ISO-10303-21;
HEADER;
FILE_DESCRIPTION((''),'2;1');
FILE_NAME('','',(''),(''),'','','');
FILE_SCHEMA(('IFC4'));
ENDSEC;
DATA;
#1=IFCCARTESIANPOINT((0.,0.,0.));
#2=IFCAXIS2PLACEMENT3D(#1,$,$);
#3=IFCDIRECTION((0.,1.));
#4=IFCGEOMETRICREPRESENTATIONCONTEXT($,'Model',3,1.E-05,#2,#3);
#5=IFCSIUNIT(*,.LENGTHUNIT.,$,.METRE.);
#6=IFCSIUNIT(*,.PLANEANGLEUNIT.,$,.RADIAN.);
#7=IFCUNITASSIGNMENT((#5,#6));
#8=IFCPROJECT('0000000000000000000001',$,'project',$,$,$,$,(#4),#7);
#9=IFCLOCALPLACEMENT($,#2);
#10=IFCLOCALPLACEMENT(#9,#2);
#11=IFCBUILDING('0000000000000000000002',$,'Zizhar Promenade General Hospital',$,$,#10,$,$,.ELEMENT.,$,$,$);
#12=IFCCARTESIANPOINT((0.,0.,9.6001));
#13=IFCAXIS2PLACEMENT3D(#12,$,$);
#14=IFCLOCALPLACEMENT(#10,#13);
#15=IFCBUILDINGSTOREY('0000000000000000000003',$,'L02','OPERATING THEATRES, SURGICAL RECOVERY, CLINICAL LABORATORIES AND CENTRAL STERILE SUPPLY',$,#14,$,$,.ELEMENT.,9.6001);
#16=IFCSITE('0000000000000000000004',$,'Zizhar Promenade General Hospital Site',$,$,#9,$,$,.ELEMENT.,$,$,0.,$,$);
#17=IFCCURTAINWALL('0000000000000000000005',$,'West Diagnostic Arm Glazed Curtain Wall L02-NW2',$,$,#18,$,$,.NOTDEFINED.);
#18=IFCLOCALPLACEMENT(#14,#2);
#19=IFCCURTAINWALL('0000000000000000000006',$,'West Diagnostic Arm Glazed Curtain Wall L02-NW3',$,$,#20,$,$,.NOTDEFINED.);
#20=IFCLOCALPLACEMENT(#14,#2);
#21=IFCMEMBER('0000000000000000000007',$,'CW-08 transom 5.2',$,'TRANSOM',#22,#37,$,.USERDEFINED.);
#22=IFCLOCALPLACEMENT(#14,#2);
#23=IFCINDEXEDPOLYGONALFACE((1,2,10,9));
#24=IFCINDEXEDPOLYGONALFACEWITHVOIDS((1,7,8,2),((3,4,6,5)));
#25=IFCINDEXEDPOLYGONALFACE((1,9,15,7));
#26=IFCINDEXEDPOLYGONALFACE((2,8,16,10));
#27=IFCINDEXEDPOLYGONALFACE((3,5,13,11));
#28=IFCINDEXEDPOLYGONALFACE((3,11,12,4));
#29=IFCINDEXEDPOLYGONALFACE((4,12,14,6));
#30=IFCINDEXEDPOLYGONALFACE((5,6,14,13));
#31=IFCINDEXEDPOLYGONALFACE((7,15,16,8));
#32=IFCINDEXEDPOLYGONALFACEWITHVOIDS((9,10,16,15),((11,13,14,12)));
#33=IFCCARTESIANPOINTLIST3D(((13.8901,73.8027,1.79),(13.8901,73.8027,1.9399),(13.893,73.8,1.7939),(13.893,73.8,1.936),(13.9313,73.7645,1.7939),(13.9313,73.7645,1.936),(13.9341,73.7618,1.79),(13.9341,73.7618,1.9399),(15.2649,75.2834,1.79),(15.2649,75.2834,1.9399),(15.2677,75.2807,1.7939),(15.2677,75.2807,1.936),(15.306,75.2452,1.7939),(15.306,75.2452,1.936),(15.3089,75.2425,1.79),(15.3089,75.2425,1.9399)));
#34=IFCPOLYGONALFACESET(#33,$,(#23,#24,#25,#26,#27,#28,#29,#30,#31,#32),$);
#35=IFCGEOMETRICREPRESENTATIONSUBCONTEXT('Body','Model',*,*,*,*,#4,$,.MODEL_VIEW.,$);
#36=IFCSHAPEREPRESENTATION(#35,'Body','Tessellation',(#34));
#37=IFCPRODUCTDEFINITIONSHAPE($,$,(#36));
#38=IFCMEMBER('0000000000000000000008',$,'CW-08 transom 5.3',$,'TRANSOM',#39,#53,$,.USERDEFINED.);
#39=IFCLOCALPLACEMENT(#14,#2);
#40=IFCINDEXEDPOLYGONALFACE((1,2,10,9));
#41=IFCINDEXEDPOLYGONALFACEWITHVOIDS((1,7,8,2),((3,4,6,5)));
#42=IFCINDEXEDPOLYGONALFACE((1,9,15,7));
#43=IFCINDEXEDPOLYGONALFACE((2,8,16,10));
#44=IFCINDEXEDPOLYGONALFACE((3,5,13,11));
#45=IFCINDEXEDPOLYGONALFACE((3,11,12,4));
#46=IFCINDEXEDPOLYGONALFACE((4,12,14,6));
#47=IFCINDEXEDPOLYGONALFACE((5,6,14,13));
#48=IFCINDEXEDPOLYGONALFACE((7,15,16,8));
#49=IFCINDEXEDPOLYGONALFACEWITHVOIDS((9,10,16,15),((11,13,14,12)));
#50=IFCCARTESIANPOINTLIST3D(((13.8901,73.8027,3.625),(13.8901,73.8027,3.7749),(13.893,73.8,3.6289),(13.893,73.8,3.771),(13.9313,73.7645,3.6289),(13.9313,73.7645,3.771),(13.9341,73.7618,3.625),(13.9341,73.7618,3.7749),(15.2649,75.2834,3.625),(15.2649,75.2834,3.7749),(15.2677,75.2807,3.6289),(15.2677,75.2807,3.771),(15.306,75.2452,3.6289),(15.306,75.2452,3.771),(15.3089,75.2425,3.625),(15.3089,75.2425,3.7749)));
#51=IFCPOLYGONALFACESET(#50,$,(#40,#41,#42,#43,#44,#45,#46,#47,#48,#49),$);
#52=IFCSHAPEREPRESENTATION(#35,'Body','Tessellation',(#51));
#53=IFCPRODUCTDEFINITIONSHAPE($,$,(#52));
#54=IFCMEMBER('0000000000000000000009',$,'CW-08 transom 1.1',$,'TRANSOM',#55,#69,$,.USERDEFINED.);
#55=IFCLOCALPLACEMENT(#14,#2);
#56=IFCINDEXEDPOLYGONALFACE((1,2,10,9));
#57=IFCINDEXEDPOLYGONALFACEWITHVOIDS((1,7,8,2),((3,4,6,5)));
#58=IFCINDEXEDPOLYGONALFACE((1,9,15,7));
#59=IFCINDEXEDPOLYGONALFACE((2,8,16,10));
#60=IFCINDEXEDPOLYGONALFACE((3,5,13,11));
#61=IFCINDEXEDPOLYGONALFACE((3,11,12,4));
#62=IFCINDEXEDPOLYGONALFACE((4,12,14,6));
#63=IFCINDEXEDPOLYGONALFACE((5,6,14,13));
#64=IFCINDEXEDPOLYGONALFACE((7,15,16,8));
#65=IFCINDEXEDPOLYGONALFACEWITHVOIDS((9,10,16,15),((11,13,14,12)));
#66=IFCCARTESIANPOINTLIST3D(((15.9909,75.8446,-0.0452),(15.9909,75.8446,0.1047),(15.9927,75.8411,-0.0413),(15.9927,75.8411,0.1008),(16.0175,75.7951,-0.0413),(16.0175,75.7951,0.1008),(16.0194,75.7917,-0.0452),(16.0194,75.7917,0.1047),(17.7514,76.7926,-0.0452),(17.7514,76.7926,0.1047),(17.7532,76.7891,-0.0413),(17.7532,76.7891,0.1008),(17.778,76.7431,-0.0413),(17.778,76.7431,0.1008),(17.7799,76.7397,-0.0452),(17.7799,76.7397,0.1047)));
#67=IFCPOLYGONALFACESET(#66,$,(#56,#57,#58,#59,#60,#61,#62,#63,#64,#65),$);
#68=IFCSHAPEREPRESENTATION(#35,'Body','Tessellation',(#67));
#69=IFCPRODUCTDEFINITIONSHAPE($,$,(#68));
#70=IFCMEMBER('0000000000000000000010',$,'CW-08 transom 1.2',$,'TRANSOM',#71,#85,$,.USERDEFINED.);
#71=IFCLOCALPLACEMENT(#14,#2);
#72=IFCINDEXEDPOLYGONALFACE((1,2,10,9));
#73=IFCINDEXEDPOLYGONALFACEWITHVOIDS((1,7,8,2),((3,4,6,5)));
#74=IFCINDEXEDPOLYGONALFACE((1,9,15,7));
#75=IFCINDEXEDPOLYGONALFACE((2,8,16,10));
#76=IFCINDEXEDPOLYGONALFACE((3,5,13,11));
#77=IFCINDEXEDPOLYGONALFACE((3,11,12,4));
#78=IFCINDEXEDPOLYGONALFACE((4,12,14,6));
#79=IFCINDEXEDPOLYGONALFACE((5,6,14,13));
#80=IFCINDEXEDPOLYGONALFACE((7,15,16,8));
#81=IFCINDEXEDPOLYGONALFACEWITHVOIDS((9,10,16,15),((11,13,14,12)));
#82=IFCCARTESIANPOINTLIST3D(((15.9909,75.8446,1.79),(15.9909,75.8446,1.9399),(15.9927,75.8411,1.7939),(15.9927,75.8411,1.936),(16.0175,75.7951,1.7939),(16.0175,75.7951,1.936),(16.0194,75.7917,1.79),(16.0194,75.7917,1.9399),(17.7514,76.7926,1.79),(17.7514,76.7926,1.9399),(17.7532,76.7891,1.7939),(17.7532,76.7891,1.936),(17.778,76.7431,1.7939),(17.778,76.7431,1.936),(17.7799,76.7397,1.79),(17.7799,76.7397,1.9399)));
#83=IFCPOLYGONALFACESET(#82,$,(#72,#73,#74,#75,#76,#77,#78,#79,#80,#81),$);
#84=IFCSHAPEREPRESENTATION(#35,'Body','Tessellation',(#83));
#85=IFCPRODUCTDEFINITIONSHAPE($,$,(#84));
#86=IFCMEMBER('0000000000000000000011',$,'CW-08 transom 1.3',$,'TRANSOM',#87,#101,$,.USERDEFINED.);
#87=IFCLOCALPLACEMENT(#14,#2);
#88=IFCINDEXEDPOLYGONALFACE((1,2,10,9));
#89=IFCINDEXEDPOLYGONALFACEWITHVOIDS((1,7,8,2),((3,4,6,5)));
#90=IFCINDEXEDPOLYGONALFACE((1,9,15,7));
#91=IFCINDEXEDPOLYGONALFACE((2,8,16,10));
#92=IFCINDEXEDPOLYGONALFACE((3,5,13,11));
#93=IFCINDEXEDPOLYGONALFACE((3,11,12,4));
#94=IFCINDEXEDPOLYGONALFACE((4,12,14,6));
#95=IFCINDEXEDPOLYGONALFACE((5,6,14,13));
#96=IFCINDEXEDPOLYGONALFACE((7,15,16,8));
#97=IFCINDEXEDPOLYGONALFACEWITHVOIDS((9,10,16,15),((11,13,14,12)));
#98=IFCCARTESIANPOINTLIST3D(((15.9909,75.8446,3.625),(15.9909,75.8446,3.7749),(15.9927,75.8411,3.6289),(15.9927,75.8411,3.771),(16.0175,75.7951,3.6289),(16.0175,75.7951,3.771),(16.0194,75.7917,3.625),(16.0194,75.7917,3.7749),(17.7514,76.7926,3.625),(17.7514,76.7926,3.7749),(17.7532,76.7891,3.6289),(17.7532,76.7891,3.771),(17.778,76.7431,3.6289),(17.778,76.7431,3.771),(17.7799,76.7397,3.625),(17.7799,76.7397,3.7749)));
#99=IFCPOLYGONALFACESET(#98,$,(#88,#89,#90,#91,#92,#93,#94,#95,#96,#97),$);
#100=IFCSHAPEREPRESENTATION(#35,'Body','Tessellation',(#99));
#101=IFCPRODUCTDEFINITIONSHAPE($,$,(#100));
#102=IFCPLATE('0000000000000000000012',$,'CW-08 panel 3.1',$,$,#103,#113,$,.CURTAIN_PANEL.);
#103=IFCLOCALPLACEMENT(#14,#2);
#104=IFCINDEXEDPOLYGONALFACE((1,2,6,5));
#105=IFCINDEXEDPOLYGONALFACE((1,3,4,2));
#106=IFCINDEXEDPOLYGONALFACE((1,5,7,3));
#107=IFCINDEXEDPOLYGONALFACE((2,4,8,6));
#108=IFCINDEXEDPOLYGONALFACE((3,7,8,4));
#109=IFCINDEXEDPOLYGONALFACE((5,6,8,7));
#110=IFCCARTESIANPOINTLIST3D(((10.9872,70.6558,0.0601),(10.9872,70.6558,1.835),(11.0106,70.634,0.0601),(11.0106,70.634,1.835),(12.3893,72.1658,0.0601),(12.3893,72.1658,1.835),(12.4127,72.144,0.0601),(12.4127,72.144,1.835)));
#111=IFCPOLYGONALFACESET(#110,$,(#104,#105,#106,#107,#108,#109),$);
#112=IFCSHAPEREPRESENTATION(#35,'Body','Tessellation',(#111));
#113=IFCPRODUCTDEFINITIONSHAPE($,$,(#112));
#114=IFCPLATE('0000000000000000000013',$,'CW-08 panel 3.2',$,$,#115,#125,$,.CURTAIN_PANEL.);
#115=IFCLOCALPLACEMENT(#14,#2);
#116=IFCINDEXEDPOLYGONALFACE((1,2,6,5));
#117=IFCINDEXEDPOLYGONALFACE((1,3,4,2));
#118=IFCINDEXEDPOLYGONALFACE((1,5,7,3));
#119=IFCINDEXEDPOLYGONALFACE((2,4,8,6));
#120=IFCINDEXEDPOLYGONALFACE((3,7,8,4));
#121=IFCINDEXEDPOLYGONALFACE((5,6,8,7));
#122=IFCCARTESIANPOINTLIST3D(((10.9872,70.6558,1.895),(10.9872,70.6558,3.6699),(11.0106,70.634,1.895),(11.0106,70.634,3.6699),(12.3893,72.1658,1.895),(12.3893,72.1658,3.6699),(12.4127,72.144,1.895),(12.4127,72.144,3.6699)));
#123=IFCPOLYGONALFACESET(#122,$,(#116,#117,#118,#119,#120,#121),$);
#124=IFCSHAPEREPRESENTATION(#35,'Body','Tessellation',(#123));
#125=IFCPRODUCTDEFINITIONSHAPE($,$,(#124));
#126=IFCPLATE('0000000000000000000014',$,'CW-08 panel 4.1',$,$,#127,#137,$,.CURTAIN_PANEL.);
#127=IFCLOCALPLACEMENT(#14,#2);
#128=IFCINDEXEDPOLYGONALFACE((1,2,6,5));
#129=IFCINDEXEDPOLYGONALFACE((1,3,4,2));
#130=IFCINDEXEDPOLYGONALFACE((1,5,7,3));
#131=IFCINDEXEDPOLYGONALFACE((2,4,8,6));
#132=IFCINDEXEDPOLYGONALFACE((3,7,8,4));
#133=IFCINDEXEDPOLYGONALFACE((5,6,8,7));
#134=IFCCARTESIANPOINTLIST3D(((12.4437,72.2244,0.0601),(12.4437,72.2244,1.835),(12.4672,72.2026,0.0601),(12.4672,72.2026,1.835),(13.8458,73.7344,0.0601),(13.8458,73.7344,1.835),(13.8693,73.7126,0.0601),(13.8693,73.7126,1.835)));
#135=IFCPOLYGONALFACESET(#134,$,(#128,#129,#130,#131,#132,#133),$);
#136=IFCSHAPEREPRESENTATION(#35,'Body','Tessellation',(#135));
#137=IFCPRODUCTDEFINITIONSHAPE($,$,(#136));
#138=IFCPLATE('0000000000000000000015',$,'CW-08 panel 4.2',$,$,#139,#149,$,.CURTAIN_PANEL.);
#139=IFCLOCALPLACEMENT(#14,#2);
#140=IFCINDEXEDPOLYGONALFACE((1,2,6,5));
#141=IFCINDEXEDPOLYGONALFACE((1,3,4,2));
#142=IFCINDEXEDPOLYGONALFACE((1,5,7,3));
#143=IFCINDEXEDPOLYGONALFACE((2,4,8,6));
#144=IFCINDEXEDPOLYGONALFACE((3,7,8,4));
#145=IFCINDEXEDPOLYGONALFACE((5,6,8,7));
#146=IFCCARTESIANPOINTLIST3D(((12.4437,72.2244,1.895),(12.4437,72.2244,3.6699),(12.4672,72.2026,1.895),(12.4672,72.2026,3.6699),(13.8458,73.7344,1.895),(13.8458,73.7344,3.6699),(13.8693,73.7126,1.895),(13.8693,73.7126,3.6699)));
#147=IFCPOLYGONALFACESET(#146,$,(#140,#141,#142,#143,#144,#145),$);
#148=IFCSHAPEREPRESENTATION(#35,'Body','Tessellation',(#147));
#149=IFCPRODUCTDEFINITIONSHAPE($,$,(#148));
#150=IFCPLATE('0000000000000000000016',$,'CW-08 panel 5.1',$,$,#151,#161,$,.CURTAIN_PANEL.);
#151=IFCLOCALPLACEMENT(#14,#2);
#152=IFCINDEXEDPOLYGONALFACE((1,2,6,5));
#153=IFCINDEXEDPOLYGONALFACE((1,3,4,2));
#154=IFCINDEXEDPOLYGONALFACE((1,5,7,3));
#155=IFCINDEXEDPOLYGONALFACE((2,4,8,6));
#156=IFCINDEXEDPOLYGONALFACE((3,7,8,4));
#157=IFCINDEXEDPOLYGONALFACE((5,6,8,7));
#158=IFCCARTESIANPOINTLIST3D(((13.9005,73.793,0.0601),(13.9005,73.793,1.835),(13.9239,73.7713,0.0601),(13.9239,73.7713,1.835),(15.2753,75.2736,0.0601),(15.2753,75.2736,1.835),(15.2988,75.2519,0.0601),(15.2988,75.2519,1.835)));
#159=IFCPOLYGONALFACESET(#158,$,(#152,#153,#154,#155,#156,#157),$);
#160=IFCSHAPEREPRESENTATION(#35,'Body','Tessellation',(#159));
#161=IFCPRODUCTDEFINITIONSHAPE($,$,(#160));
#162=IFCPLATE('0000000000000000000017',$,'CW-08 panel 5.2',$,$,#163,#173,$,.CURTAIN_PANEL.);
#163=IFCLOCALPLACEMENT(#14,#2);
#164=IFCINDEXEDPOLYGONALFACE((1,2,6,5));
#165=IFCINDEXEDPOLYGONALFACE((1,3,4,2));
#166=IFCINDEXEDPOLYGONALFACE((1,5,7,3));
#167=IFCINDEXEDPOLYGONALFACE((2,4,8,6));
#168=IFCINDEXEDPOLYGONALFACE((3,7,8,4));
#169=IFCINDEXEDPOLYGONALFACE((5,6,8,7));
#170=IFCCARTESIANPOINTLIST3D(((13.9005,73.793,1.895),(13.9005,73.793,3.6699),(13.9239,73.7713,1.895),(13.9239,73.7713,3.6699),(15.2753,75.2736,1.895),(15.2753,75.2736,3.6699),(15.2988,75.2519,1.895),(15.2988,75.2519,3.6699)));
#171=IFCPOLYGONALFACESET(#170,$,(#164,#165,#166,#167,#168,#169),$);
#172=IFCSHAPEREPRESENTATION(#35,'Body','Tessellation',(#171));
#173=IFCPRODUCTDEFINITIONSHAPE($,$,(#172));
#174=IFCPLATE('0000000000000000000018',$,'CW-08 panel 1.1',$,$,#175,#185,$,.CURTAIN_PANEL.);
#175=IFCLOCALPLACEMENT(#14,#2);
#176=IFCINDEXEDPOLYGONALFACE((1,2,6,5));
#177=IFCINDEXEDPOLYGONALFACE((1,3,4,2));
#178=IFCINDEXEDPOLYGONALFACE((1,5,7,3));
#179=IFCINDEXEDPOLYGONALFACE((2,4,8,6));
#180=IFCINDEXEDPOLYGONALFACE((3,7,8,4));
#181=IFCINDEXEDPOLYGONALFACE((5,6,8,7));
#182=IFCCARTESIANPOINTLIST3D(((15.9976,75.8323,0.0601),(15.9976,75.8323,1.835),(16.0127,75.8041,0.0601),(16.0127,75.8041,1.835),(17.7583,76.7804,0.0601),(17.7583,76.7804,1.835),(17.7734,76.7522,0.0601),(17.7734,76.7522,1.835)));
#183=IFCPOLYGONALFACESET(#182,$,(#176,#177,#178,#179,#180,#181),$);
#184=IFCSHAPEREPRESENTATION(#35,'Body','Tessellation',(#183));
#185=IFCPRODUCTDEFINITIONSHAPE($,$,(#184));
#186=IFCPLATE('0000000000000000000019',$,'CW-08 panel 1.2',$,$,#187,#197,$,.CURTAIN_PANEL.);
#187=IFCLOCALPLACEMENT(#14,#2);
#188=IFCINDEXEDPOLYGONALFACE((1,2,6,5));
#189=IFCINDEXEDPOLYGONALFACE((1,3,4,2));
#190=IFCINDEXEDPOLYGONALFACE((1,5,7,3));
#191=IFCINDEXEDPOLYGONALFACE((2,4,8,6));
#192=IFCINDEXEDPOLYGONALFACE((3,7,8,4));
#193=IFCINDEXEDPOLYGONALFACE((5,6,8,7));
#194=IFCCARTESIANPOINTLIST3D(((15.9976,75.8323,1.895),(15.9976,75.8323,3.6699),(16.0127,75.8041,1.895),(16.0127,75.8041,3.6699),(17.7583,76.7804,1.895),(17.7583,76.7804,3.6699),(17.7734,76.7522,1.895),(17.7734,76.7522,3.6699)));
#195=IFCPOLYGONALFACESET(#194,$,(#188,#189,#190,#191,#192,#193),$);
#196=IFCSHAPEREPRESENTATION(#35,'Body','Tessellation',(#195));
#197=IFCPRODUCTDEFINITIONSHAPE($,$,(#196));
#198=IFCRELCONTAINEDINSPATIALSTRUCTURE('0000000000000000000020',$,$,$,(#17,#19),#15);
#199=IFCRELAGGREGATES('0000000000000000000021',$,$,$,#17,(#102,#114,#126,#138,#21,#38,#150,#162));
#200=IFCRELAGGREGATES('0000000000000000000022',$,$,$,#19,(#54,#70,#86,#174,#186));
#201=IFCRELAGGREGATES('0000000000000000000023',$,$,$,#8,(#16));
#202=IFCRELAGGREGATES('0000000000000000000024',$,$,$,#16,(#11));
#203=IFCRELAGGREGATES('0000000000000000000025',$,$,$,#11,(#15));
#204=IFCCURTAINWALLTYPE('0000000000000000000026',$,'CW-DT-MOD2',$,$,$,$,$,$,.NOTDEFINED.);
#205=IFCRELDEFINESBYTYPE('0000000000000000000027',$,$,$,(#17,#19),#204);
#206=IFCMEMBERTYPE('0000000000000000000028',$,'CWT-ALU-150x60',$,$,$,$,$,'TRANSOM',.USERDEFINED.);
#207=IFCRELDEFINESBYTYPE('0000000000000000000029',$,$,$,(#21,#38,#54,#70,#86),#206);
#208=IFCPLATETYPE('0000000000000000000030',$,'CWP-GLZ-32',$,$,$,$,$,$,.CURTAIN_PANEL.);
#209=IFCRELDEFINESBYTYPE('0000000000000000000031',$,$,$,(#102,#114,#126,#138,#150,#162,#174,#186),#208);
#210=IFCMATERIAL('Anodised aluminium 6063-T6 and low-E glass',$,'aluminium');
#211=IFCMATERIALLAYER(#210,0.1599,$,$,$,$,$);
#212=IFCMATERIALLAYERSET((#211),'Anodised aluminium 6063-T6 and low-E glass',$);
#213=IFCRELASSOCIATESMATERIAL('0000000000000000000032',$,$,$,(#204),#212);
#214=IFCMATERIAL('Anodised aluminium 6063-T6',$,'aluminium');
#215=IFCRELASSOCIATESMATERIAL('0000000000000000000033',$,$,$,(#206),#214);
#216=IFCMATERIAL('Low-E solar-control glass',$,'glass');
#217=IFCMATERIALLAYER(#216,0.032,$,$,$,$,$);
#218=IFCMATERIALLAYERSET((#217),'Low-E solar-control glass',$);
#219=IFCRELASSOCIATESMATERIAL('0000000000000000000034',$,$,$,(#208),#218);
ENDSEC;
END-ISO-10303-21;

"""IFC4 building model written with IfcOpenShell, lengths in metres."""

from ifc_helpers import new_model, si_unit, direction, frame, origin, origin_2d, place, context, subcontext, project, spatial, rectangle, hollow_rectangle, extrude, material, layer, layer_set, material_profile, profile_set, type_object, element, aggregate, save


model = new_model("IFC4")

# Units and contexts
model_context = context("Model", 3, precision=1e-05, world=origin(), true_north=direction((0.0, 1.0)))
body_context = subcontext(model_context, "Body", "Model", "MODEL_VIEW")
ifc_project = project(units=[si_unit("LENGTHUNIT", "METRE"), si_unit("PLANEANGLEUNIT", "RADIAN")], contexts=[model_context])

# Site, building, storey
site_placement = place(None, origin())
site = spatial("IfcSite", under=ifc_project, at=site_placement, Name="Zizhar Promenade General Hospital Site", CompositionType="ELEMENT", RefElevation=0.0)
building_placement = place(site_placement, origin())
building = spatial("IfcBuilding", under=site, at=building_placement, Name="Zizhar Promenade General Hospital", CompositionType="ELEMENT")
storey_placement = place(building_placement, frame((0.0, 0.0, 9.6001)))
storey = spatial("IfcBuildingStorey", under=building, at=storey_placement, Name="L02", Description="OPERATING THEATRES, SURGICAL RECOVERY, CLINICAL LABORATORIES AND CENTRAL STERILE SUPPLY", CompositionType="ELEMENT", Elevation=9.6001)

# Curtain wall
ifc_material_1 = material(Name="Anodised aluminium 6063-T6 and low-E glass", Category="aluminium")
ifc_layer_1 = layer(ifc_material_1, 0.1599)
ifc_layer_set_1 = layer_set([ifc_layer_1], Name="Anodised aluminium 6063-T6 and low-E glass")
curtain_wall_type = type_object("IfcCurtainWallType", Name="CW-DT-MOD2", PredefinedType="NOTDEFINED", material=ifc_layer_set_1)
curtain_wall_1_placement = place(storey_placement, origin())
curtain_wall_1 = element("IfcCurtainWall", 1, at=curtain_wall_1_placement, inside=storey, type_object=curtain_wall_type, Name="West Diagnostic Arm Glazed Curtain Wall L02-NW2", PredefinedType="NOTDEFINED")

# Curtain wall
curtain_wall_2_placement = place(storey_placement, origin())
curtain_wall_2 = element("IfcCurtainWall", 2, at=curtain_wall_2_placement, inside=storey, type_object=curtain_wall_type, Name="West Diagnostic Arm Glazed Curtain Wall L02-NW3", PredefinedType="NOTDEFINED")

# Members
ifc_material_2 = material(Name="Anodised aluminium 6063-T6", Category="aluminium")
ifc_material_profile_1 = material_profile(ifc_material_2, hollow_rectangle(XDim=0.0601, YDim=0.1499, WallThickness=0.0039, at=origin_2d()))
ifc_profile_set_1 = profile_set([ifc_material_profile_1], Name="Anodised aluminium 6063-T6")
member_type_1 = type_object("IfcMemberType", Name="CWT-ALU-150x60", ElementType="TRANSOM", PredefinedType="USERDEFINED", material=ifc_profile_set_1)
member_1_placement = place(storey_placement, frame((13.9121, 73.7822, 1.865), z_axis=(0.6804, 0.732841, 0.0), x_axis=(-0.732841, 0.6804, 0.0)))
member_1 = element("IfcMember", 3, at=member_1_placement, type_object=member_type_1, Name="CW-08 transom 5.2", ObjectType="TRANSOM", PredefinedType="USERDEFINED", context=body_context, shape_type="SweptSolid", body=[
    extrude(hollow_rectangle(XDim=0.0601, YDim=0.1499, WallThickness=0.0039, at=origin_2d()), origin(), (0.0, 0.0, 1.0), 2.0205),
])
member_2_placement = place(storey_placement, frame((13.9121, 73.7822, 3.7), z_axis=(0.6804, 0.732841, 0.0), x_axis=(-0.732841, 0.6804, 0.0)))
member_2 = element("IfcMember", 4, at=member_2_placement, type_object=member_type_1, Name="CW-08 transom 5.3", ObjectType="TRANSOM", PredefinedType="USERDEFINED", context=body_context, shape_type="SweptSolid", body=[
    extrude(hollow_rectangle(XDim=0.0601, YDim=0.1499, WallThickness=0.0039, at=origin_2d()), origin(), (0.0, 0.0, 1.0), 2.0205),
])
member_3_placement = place(storey_placement, frame((16.0051, 75.8181, 0.0298), z_axis=(0.880463, 0.474114, 0.0), x_axis=(-0.474114, 0.880463, 0.0)))
member_3 = element("IfcMember", 5, at=member_3_placement, type_object=member_type_1, Name="CW-08 transom 1.1", ObjectType="TRANSOM", PredefinedType="USERDEFINED", context=body_context, shape_type="SweptSolid", body=[
    extrude(hollow_rectangle(XDim=0.0601, YDim=0.1499, WallThickness=0.0039, at=origin_2d()), origin(), (0.0, 0.0, 1.0), 1.9995),
])
member_4_placement = place(storey_placement, frame((16.0051, 75.8181, 1.865), z_axis=(0.880463, 0.474114, 0.0), x_axis=(-0.474114, 0.880463, 0.0)))
member_4 = element("IfcMember", 6, at=member_4_placement, type_object=member_type_1, Name="CW-08 transom 1.2", ObjectType="TRANSOM", PredefinedType="USERDEFINED", context=body_context, shape_type="SweptSolid", body=[
    extrude(hollow_rectangle(XDim=0.0601, YDim=0.1499, WallThickness=0.0039, at=origin_2d()), origin(), (0.0, 0.0, 1.0), 1.9995),
])
member_5_placement = place(storey_placement, frame((16.0051, 75.8181, 3.7), z_axis=(0.880463, 0.474114, 0.0), x_axis=(-0.474114, 0.880463, 0.0)))
member_5 = element("IfcMember", 7, at=member_5_placement, type_object=member_type_1, Name="CW-08 transom 1.3", ObjectType="TRANSOM", PredefinedType="USERDEFINED", context=body_context, shape_type="SweptSolid", body=[
    extrude(hollow_rectangle(XDim=0.0601, YDim=0.1499, WallThickness=0.0039, at=origin_2d()), origin(), (0.0, 0.0, 1.0), 1.9995),
])

# Plates
ifc_material_3 = material(Name="Low-E solar-control glass", Category="glass")
ifc_layer_2 = layer(ifc_material_3, 0.032)
ifc_layer_set_2 = layer_set([ifc_layer_2], Name="Low-E solar-control glass")
plate_type = type_object("IfcPlateType", Name="CWP-GLZ-32", PredefinedType="CURTAIN_PANEL", material=ifc_layer_set_2)
plate_1_placement = place(storey_placement, frame((11.7, 71.3999, 0.0601), z_axis=(0.0, 0.0, 1.0), x_axis=(0.680452, 0.732793, 0.0)))
plate_1 = element("IfcPlate", 8, at=plate_1_placement, type_object=plate_type, Name="CW-08 panel 3.1", PredefinedType="CURTAIN_PANEL", context=body_context, shape_type="SweptSolid", body=[
    extrude(rectangle(XDim=2.0605, YDim=0.032, at=origin_2d()), origin(), (0.0, 0.0, 1.0), 1.7749),
])
plate_2_placement = place(storey_placement, frame((11.7, 71.3999, 1.895), z_axis=(0.0, 0.0, 1.0), x_axis=(0.680452, 0.732793, 0.0)))
plate_2 = element("IfcPlate", 9, at=plate_2_placement, type_object=plate_type, Name="CW-08 panel 3.2", PredefinedType="CURTAIN_PANEL", context=body_context, shape_type="SweptSolid", body=[
    extrude(rectangle(XDim=2.0605, YDim=0.032, at=origin_2d()), origin(), (0.0, 0.0, 1.0), 1.7749),
])
plate_3_placement = place(storey_placement, frame((13.1565, 72.9685, 0.0601), z_axis=(0.0, 0.0, 1.0), x_axis=(0.680452, 0.732793, 0.0)))
plate_3 = element("IfcPlate", 10, at=plate_3_placement, type_object=plate_type, Name="CW-08 panel 4.1", PredefinedType="CURTAIN_PANEL", context=body_context, shape_type="SweptSolid", body=[
    extrude(rectangle(XDim=2.0605, YDim=0.032, at=origin_2d()), origin(), (0.0, 0.0, 1.0), 1.7749),
])
plate_4_placement = place(storey_placement, frame((13.1565, 72.9685, 1.895), z_axis=(0.0, 0.0, 1.0), x_axis=(0.680452, 0.732793, 0.0)))
plate_4 = element("IfcPlate", 11, at=plate_4_placement, type_object=plate_type, Name="CW-08 panel 4.2", PredefinedType="CURTAIN_PANEL", context=body_context, shape_type="SweptSolid", body=[
    extrude(rectangle(XDim=2.0605, YDim=0.032, at=origin_2d()), origin(), (0.0, 0.0, 1.0), 1.7749),
])
plate_5_placement = place(storey_placement, frame((14.5996, 74.5225, 0.0601), z_axis=(0.0, 0.0, 1.0), x_axis=(0.680452, 0.732793, 0.0)))
plate_5 = element("IfcPlate", 12, at=plate_5_placement, type_object=plate_type, Name="CW-08 panel 5.1", PredefinedType="CURTAIN_PANEL", context=body_context, shape_type="SweptSolid", body=[
    extrude(rectangle(XDim=2.0205, YDim=0.032, at=origin_2d()), origin(), (0.0, 0.0, 1.0), 1.7749),
])
plate_6_placement = place(storey_placement, frame((14.5996, 74.5225, 1.895), z_axis=(0.0, 0.0, 1.0), x_axis=(0.680452, 0.732793, 0.0)))
plate_6 = element("IfcPlate", 13, at=plate_6_placement, type_object=plate_type, Name="CW-08 panel 5.2", PredefinedType="CURTAIN_PANEL", context=body_context, shape_type="SweptSolid", body=[
    extrude(rectangle(XDim=2.0205, YDim=0.032, at=origin_2d()), origin(), (0.0, 0.0, 1.0), 1.7749),
])
aggregate(curtain_wall_1, [plate_1, plate_2, plate_3, plate_4, member_1, member_2, plate_5, plate_6])
plate_7_placement = place(storey_placement, frame((16.8855, 76.2922, 0.0601), z_axis=(0.0, 0.0, 1.0), x_axis=(0.880473, 0.474097, 0.0)))
plate_7 = element("IfcPlate", 14, at=plate_7_placement, type_object=plate_type, Name="CW-08 panel 1.1", PredefinedType="CURTAIN_PANEL", context=body_context, shape_type="SweptSolid", body=[
    extrude(rectangle(XDim=1.9998, YDim=0.032, at=origin_2d()), origin(), (0.0, 0.0, 1.0), 1.7749),
])
plate_8_placement = place(storey_placement, frame((16.8855, 76.2922, 1.895), z_axis=(0.0, 0.0, 1.0), x_axis=(0.880473, 0.474097, 0.0)))
plate_8 = element("IfcPlate", 15, at=plate_8_placement, type_object=plate_type, Name="CW-08 panel 1.2", PredefinedType="CURTAIN_PANEL", context=body_context, shape_type="SweptSolid", body=[
    extrude(rectangle(XDim=1.9998, YDim=0.032, at=origin_2d()), origin(), (0.0, 0.0, 1.0), 1.7749),
])
aggregate(curtain_wall_2, [member_3, member_4, member_5, plate_7, plate_8])

save(model, "model.ifc")
